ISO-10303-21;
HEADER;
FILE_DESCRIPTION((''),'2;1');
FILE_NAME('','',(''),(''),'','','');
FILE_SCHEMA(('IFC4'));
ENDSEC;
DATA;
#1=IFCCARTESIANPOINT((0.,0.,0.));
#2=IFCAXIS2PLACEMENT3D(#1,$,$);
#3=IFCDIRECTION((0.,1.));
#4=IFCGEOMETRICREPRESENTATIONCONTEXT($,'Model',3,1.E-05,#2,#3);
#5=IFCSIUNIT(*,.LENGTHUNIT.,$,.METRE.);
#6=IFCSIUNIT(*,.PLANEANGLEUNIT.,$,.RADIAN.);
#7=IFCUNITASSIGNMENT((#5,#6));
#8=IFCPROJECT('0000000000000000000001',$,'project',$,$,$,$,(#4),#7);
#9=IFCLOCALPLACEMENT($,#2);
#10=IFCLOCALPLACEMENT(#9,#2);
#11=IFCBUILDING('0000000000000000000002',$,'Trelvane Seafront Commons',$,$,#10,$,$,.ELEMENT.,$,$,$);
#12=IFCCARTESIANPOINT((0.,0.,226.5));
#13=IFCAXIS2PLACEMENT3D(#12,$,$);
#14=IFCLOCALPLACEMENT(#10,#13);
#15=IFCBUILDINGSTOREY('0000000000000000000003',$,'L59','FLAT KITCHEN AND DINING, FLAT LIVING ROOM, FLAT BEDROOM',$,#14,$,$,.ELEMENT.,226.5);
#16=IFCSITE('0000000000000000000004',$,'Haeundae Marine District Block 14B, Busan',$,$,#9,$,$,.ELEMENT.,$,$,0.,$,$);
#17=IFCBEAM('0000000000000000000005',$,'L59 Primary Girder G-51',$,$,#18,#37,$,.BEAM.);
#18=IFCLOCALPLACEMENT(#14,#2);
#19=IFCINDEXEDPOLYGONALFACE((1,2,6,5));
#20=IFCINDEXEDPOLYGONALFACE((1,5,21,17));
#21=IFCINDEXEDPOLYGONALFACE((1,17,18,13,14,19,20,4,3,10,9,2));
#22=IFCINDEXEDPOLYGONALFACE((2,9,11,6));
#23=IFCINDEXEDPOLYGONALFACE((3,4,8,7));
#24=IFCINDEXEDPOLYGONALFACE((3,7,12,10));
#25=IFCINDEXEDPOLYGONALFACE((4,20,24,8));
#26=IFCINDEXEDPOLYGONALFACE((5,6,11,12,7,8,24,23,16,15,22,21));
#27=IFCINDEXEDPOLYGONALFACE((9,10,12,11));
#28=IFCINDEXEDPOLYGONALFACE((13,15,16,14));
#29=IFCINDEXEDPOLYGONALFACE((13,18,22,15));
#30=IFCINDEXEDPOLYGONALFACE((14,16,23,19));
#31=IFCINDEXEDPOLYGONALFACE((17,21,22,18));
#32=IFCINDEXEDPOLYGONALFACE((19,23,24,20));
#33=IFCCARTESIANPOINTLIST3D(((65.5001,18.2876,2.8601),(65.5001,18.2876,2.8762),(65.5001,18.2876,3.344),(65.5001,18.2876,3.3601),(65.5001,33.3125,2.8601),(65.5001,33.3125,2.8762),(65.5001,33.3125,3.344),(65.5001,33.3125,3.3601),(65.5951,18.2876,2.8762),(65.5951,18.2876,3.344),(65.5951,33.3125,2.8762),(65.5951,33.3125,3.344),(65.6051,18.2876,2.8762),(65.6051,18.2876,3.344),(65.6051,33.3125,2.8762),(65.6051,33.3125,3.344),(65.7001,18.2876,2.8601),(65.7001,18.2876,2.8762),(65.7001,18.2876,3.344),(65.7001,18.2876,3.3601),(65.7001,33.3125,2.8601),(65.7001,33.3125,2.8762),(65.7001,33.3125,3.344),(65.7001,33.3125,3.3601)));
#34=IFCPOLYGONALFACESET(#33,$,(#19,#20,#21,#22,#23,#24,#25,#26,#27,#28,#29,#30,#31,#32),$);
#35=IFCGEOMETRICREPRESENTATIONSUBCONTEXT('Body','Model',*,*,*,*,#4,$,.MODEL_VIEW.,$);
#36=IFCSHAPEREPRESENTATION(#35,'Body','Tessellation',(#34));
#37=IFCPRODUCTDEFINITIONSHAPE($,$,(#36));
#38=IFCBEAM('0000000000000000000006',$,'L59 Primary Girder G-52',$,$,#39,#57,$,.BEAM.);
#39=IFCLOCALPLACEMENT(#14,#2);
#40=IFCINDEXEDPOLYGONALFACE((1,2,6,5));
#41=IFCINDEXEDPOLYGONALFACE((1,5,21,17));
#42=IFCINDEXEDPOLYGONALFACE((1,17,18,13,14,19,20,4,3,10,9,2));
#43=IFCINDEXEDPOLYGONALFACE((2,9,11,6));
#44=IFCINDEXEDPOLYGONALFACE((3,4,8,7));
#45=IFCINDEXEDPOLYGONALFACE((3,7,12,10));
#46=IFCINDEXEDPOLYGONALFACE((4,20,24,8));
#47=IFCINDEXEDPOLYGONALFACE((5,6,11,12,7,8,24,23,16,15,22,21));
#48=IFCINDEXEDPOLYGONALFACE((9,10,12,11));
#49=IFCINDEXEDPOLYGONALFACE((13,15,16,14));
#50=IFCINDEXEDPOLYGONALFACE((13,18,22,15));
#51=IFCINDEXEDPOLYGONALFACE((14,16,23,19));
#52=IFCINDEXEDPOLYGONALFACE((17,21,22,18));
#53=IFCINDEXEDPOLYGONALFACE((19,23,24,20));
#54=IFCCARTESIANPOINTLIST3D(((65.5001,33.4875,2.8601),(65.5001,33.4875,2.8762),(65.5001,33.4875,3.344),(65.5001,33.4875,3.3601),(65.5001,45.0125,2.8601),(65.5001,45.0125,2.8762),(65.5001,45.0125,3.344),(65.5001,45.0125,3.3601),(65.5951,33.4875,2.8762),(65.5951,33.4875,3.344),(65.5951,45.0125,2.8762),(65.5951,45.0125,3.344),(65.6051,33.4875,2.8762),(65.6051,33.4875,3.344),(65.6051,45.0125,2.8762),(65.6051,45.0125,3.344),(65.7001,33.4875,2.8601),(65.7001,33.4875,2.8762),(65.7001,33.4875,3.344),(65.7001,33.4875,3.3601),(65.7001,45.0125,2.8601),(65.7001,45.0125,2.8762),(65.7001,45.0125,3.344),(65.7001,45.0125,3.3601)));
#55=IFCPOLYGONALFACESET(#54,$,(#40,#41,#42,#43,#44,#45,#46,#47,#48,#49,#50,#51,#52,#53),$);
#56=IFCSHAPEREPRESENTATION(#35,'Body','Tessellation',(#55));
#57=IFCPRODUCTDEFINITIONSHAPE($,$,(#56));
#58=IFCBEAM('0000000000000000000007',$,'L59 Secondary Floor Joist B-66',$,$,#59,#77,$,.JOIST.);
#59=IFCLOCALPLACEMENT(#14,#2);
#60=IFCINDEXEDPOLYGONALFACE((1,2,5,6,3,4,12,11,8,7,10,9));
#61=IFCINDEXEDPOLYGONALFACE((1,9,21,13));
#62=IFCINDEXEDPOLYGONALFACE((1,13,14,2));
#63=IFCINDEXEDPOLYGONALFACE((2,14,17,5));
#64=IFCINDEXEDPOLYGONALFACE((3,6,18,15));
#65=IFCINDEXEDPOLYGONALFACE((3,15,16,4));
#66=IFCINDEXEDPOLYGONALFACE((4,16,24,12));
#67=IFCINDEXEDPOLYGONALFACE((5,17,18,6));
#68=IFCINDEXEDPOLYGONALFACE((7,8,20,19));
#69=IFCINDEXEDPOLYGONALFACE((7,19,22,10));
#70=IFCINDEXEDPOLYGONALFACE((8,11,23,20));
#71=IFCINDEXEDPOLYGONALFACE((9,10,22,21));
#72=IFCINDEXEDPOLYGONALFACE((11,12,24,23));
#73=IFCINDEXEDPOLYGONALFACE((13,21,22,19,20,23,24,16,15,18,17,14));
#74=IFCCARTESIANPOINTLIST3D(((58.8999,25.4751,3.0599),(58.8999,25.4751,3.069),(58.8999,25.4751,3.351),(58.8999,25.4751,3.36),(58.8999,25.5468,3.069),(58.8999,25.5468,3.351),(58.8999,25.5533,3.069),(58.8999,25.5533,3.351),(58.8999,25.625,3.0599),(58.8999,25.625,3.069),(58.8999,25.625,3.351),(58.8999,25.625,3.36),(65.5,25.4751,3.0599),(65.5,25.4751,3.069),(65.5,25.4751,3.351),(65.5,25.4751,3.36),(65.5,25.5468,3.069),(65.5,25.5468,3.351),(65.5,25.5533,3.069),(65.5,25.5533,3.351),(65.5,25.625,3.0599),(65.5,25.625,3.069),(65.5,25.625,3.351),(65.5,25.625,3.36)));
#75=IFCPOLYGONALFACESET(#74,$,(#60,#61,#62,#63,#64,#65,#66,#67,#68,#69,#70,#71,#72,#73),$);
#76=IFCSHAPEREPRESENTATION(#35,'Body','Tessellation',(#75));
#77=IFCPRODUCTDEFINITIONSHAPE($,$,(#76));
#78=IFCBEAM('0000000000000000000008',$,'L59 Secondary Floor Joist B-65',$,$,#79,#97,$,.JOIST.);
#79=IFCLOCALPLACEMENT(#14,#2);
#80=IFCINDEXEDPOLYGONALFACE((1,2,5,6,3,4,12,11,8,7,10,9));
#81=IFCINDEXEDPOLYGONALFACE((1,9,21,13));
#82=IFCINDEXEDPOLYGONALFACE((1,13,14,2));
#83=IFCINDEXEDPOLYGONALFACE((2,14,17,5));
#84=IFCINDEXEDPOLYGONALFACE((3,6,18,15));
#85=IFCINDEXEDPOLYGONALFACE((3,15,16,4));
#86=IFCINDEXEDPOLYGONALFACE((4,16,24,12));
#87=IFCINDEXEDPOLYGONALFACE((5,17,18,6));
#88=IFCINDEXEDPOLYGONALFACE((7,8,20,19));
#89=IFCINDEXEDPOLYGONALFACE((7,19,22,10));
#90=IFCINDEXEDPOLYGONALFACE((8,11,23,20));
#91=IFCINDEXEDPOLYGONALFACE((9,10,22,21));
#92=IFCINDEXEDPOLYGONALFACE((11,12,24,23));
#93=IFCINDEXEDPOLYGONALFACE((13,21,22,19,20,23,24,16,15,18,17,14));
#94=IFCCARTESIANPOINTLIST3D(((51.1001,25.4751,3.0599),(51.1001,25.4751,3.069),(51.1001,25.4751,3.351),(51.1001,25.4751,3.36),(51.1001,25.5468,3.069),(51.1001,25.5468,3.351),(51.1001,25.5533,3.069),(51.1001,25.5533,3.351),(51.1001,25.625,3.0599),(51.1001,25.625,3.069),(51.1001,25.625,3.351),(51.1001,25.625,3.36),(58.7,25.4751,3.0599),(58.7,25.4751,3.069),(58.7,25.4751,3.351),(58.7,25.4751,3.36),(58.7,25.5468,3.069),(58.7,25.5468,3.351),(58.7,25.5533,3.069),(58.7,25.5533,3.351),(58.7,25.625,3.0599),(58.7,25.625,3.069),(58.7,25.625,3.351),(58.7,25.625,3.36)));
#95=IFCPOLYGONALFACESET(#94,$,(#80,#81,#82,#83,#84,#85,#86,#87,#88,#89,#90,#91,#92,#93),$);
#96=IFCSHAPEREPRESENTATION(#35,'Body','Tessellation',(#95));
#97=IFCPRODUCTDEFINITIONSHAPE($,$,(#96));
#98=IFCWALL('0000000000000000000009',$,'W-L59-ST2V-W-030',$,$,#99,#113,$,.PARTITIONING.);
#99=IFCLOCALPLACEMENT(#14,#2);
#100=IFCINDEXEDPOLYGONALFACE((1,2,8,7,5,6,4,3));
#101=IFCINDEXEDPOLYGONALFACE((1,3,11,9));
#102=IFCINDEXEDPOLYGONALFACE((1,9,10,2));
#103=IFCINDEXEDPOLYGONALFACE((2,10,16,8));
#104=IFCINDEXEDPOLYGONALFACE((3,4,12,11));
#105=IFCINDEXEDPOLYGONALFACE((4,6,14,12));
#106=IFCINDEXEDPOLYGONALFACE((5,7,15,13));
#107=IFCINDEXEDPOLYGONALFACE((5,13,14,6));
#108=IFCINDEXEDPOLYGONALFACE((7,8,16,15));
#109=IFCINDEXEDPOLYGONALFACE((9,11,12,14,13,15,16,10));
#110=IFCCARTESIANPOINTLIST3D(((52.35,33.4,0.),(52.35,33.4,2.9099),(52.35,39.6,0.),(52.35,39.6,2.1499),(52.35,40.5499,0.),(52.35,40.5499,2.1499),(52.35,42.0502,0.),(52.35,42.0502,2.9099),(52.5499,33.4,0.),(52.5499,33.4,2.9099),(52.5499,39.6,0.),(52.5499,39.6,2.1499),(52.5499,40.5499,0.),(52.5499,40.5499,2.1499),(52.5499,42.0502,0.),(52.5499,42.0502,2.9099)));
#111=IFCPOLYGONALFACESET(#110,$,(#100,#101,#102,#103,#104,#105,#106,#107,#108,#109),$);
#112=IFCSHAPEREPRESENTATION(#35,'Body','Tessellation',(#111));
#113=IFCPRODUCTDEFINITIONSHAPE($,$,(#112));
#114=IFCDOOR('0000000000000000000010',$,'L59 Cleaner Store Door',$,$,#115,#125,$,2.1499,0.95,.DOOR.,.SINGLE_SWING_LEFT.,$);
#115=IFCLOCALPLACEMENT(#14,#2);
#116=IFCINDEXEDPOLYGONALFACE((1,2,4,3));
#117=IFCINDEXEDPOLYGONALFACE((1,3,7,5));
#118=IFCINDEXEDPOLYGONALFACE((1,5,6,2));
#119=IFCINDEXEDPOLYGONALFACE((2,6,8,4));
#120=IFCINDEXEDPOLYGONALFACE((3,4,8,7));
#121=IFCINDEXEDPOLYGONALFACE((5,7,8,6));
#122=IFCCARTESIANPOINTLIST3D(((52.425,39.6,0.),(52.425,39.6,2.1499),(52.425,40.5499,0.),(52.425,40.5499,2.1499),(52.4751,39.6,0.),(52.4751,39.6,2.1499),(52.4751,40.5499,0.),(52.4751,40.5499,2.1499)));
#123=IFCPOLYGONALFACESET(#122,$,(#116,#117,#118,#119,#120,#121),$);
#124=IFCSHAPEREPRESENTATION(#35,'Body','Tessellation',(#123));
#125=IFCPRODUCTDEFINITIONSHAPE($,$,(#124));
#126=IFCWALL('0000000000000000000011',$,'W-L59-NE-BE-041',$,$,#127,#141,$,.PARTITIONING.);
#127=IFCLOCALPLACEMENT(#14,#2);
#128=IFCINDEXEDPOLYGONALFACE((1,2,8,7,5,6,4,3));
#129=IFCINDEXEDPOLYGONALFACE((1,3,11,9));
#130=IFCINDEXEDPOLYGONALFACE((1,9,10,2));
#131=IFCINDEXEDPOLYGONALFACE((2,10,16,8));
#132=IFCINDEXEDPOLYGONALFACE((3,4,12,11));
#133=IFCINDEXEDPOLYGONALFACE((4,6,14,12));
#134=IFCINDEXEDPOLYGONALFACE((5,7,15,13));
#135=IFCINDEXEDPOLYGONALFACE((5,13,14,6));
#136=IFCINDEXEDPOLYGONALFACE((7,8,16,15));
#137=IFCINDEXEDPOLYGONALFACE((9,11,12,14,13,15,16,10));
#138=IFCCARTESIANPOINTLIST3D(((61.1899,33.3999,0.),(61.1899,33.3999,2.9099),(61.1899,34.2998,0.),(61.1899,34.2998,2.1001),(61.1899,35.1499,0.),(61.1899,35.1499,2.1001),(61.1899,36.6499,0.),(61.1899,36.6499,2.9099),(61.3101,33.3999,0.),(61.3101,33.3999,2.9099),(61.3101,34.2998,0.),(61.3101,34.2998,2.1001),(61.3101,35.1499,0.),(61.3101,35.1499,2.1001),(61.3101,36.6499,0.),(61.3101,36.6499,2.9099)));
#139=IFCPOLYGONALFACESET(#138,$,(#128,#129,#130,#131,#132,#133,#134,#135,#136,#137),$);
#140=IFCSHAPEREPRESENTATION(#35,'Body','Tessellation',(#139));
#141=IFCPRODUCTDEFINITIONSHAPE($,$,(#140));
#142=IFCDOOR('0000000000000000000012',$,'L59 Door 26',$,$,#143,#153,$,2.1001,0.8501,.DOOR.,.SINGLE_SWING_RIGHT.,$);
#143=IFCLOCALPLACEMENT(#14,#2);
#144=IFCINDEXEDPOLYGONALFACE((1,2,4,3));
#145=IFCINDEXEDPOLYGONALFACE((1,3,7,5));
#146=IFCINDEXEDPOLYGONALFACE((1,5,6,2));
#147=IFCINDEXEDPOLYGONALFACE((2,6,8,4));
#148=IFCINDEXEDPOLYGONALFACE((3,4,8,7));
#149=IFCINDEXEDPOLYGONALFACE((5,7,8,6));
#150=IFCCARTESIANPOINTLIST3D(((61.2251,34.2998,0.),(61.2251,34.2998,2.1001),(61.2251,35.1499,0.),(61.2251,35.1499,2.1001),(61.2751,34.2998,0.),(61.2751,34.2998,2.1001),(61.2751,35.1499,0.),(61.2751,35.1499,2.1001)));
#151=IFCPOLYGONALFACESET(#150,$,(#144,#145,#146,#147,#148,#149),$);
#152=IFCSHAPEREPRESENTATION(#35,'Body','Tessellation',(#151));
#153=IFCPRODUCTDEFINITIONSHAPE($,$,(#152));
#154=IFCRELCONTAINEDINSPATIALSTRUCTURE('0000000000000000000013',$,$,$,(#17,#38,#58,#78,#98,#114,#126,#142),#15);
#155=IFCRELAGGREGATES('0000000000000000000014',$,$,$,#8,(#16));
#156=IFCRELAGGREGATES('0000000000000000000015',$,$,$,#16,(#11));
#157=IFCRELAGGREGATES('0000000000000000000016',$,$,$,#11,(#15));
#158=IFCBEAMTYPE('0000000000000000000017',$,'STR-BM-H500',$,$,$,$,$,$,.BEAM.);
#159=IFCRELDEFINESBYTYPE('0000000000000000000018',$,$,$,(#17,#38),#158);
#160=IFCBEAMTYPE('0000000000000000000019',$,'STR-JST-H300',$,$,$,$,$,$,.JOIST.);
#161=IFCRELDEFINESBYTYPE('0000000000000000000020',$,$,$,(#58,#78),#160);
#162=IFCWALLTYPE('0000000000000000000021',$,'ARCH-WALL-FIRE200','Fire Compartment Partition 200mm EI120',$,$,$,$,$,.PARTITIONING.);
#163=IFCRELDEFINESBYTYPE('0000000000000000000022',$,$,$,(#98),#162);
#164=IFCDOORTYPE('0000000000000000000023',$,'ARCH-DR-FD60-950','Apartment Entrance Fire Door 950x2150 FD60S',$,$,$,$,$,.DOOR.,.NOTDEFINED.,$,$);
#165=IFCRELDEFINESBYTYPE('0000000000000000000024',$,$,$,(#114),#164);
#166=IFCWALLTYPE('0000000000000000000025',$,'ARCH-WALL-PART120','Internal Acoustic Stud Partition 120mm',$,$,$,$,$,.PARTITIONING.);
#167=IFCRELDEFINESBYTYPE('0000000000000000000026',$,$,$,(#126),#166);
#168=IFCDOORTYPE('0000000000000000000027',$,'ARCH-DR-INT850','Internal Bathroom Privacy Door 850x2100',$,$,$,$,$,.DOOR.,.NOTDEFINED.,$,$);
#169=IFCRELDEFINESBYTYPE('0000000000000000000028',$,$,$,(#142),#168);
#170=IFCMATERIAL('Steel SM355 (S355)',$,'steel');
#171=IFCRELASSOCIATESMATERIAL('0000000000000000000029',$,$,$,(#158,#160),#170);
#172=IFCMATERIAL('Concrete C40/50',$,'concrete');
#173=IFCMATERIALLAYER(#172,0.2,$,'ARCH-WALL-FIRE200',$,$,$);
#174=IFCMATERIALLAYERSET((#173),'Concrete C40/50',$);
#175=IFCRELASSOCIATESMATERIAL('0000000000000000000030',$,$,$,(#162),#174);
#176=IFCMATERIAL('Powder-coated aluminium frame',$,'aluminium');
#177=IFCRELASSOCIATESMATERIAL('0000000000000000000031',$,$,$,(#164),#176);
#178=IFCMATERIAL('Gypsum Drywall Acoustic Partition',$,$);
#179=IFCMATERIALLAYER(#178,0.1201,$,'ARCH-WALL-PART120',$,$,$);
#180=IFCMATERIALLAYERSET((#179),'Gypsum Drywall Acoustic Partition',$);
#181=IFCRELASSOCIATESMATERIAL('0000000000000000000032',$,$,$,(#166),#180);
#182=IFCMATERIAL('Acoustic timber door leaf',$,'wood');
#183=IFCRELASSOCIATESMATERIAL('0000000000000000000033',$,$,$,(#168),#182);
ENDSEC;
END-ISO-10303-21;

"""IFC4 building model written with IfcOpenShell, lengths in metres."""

from ifc_helpers import new_model, si_unit, direction, frame, frame_2d, origin, origin_2d, place, context, subcontext, project, spatial, rectangle, i_section, extrude, source, transform, mapped, material, layer, layer_set, material_profile, profile_set, type_object, element, fill, save


model = new_model("IFC4")

# Units and contexts
model_context = context("Model", 3, precision=1e-05, world=origin(), true_north=direction((0.0, 1.0)))
body_context = subcontext(model_context, "Body", "Model", "MODEL_VIEW")
ifc_project = project(units=[si_unit("LENGTHUNIT", "METRE"), si_unit("PLANEANGLEUNIT", "RADIAN")], contexts=[model_context])

# Site, building, storey
site_placement = place(None, origin())
site = spatial("IfcSite", under=ifc_project, at=site_placement, Name="Haeundae Marine District Block 14B, Busan", CompositionType="ELEMENT", RefElevation=0.0)
building_placement = place(site_placement, origin())
building = spatial("IfcBuilding", under=site, at=building_placement, Name="Trelvane Seafront Commons", CompositionType="ELEMENT")
storey_placement = place(building_placement, frame((0.0, 0.0, 226.5)))
storey = spatial("IfcBuildingStorey", under=building, at=storey_placement, Name="L59", Description="FLAT KITCHEN AND DINING, FLAT LIVING ROOM, FLAT BEDROOM", CompositionType="ELEMENT", Elevation=226.5)

# Shared definitions
ifc_material_1 = material(Name="Steel SM355 (S355)", Category="steel")

# Beams
ifc_material_profile_1 = material_profile(ifc_material_1, i_section(OverallWidth=0.2, OverallDepth=0.5, WebThickness=0.01, FlangeThickness=0.0161, at=origin_2d()), Name="H-500x200x10x16")
ifc_profile_set_1 = profile_set([ifc_material_profile_1], Name="Steel SM355 (S355)")
beam_type_1 = type_object("IfcBeamType", Name="STR-BM-H500", PredefinedType="BEAM", material=ifc_profile_set_1)
shared_shape_1 = source(origin(), body_context, "Body", "SweptSolid", [
    extrude(i_section(OverallWidth=0.2, OverallDepth=0.5, WebThickness=0.01, FlangeThickness=0.0161, at=origin_2d()), origin(), (0.0, 0.0, 1.0), 15.0249),
])
beam_1_placement = place(storey_placement, frame((65.6001, 18.2876, 3.1101), z_axis=(0.0, 1.0, 0.0), x_axis=(-1.0, 0.0, 0.0)))
element("IfcBeam", 1, at=beam_1_placement, inside=storey, type_object=beam_type_1, Name="L59 Primary Girder G-51", PredefinedType="BEAM", context=body_context, shape_type="MappedRepresentation", body=[
    mapped(shared_shape_1, transform((0.0, 0.0, 0.0), x_axis=(1.0, 0.0, 0.0), y_axis=(0.0, 1.0, 0.0), z_axis=(0.0, 0.0, 1.0), scale=1.0)),
])
shared_shape_2 = source(origin(), body_context, "Body", "SweptSolid", [
    extrude(i_section(OverallWidth=0.2, OverallDepth=0.5, WebThickness=0.01, FlangeThickness=0.0161, at=origin_2d()), origin(), (0.0, 0.0, 1.0), 11.5249),
])
beam_2_placement = place(storey_placement, frame((65.6001, 33.4875, 3.1101), z_axis=(0.0, 1.0, 0.0), x_axis=(-1.0, 0.0, 0.0)))
element("IfcBeam", 2, at=beam_2_placement, inside=storey, type_object=beam_type_1, Name="L59 Primary Girder G-52", PredefinedType="BEAM", context=body_context, shape_type="MappedRepresentation", body=[
    mapped(shared_shape_2, transform((0.0, 0.0, 0.0), x_axis=(1.0, 0.0, 0.0), y_axis=(0.0, 1.0, 0.0), z_axis=(0.0, 0.0, 1.0), scale=1.0)),
])
ifc_material_profile_2 = material_profile(ifc_material_1, i_section(OverallWidth=0.1499, OverallDepth=0.3, WebThickness=0.0066, FlangeThickness=0.009, at=origin_2d()), Name="H-300x150x6.5x9")
ifc_profile_set_2 = profile_set([ifc_material_profile_2], Name="Steel SM355 (S355)")
beam_type_2 = type_object("IfcBeamType", Name="STR-JST-H300", PredefinedType="JOIST", material=ifc_profile_set_2)
shared_shape_3 = source(origin(), body_context, "Body", "SweptSolid", [
    extrude(i_section(OverallWidth=0.1499, OverallDepth=0.3, WebThickness=0.0066, FlangeThickness=0.009, at=origin_2d()), origin(), (0.0, 0.0, 1.0), 6.6001),
])
beam_3_placement = place(storey_placement, frame((58.8999, 25.55, 3.21), z_axis=(1.0, 0.0, 0.0), x_axis=(0.0, 1.0, 0.0)))
element("IfcBeam", 3, at=beam_3_placement, inside=storey, type_object=beam_type_2, Name="L59 Secondary Floor Joist B-66", PredefinedType="JOIST", context=body_context, shape_type="MappedRepresentation", body=[
    mapped(shared_shape_3, transform((0.0, 0.0, 0.0), x_axis=(1.0, 0.0, 0.0), y_axis=(0.0, 1.0, 0.0), z_axis=(0.0, 0.0, 1.0), scale=1.0)),
])
shared_shape_4 = source(origin(), body_context, "Body", "SweptSolid", [
    extrude(i_section(OverallWidth=0.1499, OverallDepth=0.3, WebThickness=0.0066, FlangeThickness=0.009, at=origin_2d()), origin(), (0.0, 0.0, 1.0), 7.5999),
])
beam_4_placement = place(storey_placement, frame((51.1001, 25.55, 3.21), z_axis=(1.0, 0.0, 0.0), x_axis=(0.0, 1.0, 0.0)))
element("IfcBeam", 4, at=beam_4_placement, inside=storey, type_object=beam_type_2, Name="L59 Secondary Floor Joist B-65", PredefinedType="JOIST", context=body_context, shape_type="MappedRepresentation", body=[
    mapped(shared_shape_4, transform((0.0, 0.0, 0.0), x_axis=(1.0, 0.0, 0.0), y_axis=(0.0, 1.0, 0.0), z_axis=(0.0, 0.0, 1.0), scale=1.0)),
])

# Walls, openings, doors
ifc_material_2 = material(Name="Concrete C40/50", Category="concrete")
ifc_layer_1 = layer(ifc_material_2, 0.2, Name="ARCH-WALL-FIRE200")
ifc_layer_set_1 = layer_set([ifc_layer_1], Name="Concrete C40/50")
wall_type_1 = type_object("IfcWallType", Name="ARCH-WALL-FIRE200", Description="Fire Compartment Partition 200mm EI120", PredefinedType="PARTITIONING", material=ifc_layer_set_1)
wall_1_placement = place(storey_placement, frame((52.45, 33.3999, 0.0), z_axis=(0.0, 0.0, 1.0), x_axis=(0.0, 1.0, 0.0)))
wall_1 = element("IfcWall", 5, at=wall_1_placement, inside=storey, type_object=wall_type_1, Name="W-L59-ST2V-W-030", PredefinedType="PARTITIONING", context=body_context, shape_type="SweptSolid", body=[
    extrude(rectangle(XDim=8.6501, YDim=0.2, at=frame_2d((4.3252, 0.0))), origin(), (0.0, 0.0, 1.0), 2.9099),
])
opening_1_placement = place(wall_1_placement, frame((6.2, 0.0, 0.0)))
opening_1 = element("IfcOpeningElement", 6, at=opening_1_placement, cuts=wall_1, PredefinedType="OPENING", context=body_context, shape_type="SweptSolid", body=[
    extrude(rectangle(XDim=0.95, YDim=2.1499, at=frame_2d((0.4751, 1.075))), frame((0.0, 0.1099, 0.0), z_axis=(0.0, -1.0, 0.0), x_axis=(1.0, 0.0, 0.0)), (0.0, 0.0, 1.0), 0.22),
])
ifc_material_3 = material(Name="Powder-coated aluminium frame", Category="aluminium")
door_type_1 = type_object("IfcDoorType", Name="ARCH-DR-FD60-950", Description="Apartment Entrance Fire Door 950x2150 FD60S", OperationType="NOTDEFINED", PredefinedType="DOOR", material=ifc_material_3)
shared_shape_5 = source(origin(), body_context, "Body", "SweptSolid", [
    extrude(rectangle(XDim=0.95, YDim=2.1499, at=frame_2d((0.4751, 1.075))), frame((0.0, 0.0249, 0.0), z_axis=(0.0, -1.0, 0.0), x_axis=(1.0, 0.0, 0.0)), (0.0, 0.0, 1.0), 0.05),
])
door_1_placement = place(opening_1_placement, origin())
door_1 = element("IfcDoor", 7, at=door_1_placement, inside=storey, type_object=door_type_1, Name="L59 Cleaner Store Door", OperationType="SINGLE_SWING_LEFT", OverallHeight=2.1499, OverallWidth=0.95, PredefinedType="DOOR", context=body_context, shape_type="MappedRepresentation", body=[
    mapped(shared_shape_5, transform((0.0, 0.0, 0.0), x_axis=(1.0, 0.0, 0.0), y_axis=(0.0, 1.0, 0.0), z_axis=(0.0, 0.0, 1.0), scale=1.0)),
])
fill(opening_1, door_1)
ifc_material_4 = material(Name="Gypsum Drywall Acoustic Partition")
ifc_layer_2 = layer(ifc_material_4, 0.1201, Name="ARCH-WALL-PART120")
ifc_layer_set_2 = layer_set([ifc_layer_2], Name="Gypsum Drywall Acoustic Partition")
wall_type_2 = type_object("IfcWallType", Name="ARCH-WALL-PART120", Description="Internal Acoustic Stud Partition 120mm", PredefinedType="PARTITIONING", material=ifc_layer_set_2)
wall_2_placement = place(storey_placement, frame((61.25, 33.3999, 0.0), z_axis=(0.0, 0.0, 1.0), x_axis=(0.0, 1.0, 0.0)))
wall_2 = element("IfcWall", 8, at=wall_2_placement, inside=storey, type_object=wall_type_2, Name="W-L59-NE-BE-041", PredefinedType="PARTITIONING", context=body_context, shape_type="SweptSolid", body=[
    extrude(rectangle(XDim=3.25, YDim=0.1201, at=frame_2d((1.625, 0.0))), origin(), (0.0, 0.0, 1.0), 2.9099),
])
opening_2_placement = place(wall_2_placement, frame((0.8999, 0.0, 0.0)))
opening_2 = element("IfcOpeningElement", 9, at=opening_2_placement, cuts=wall_2, PredefinedType="OPENING", context=body_context, shape_type="SweptSolid", body=[
    extrude(rectangle(XDim=0.8501, YDim=2.1001, at=frame_2d((0.425, 1.05))), frame((0.0, 0.0701, 0.0), z_axis=(0.0, -1.0, 0.0), x_axis=(1.0, 0.0, 0.0)), (0.0, 0.0, 1.0), 0.1401),
])
ifc_material_5 = material(Name="Acoustic timber door leaf", Category="wood")
door_type_2 = type_object("IfcDoorType", Name="ARCH-DR-INT850", Description="Internal Bathroom Privacy Door 850x2100", OperationType="NOTDEFINED", PredefinedType="DOOR", material=ifc_material_5)
shared_shape_6 = source(origin(), body_context, "Body", "SweptSolid", [
    extrude(rectangle(XDim=0.8501, YDim=2.1001, at=frame_2d((0.425, 1.05))), frame((0.0, 0.0249, 0.0), z_axis=(0.0, -1.0, 0.0), x_axis=(1.0, 0.0, 0.0)), (0.0, 0.0, 1.0), 0.05),
])
door_2_placement = place(opening_2_placement, origin())
door_2 = element("IfcDoor", 10, at=door_2_placement, inside=storey, type_object=door_type_2, Name="L59 Door 26", OperationType="SINGLE_SWING_RIGHT", OverallHeight=2.1001, OverallWidth=0.8501, PredefinedType="DOOR", context=body_context, shape_type="MappedRepresentation", body=[
    mapped(shared_shape_6, transform((0.0, 0.0, 0.0), x_axis=(1.0, 0.0, 0.0), y_axis=(0.0, 1.0, 0.0), z_axis=(0.0, 0.0, 1.0), scale=1.0)),
])
fill(opening_2, door_2)

save(model, "model.ifc")
